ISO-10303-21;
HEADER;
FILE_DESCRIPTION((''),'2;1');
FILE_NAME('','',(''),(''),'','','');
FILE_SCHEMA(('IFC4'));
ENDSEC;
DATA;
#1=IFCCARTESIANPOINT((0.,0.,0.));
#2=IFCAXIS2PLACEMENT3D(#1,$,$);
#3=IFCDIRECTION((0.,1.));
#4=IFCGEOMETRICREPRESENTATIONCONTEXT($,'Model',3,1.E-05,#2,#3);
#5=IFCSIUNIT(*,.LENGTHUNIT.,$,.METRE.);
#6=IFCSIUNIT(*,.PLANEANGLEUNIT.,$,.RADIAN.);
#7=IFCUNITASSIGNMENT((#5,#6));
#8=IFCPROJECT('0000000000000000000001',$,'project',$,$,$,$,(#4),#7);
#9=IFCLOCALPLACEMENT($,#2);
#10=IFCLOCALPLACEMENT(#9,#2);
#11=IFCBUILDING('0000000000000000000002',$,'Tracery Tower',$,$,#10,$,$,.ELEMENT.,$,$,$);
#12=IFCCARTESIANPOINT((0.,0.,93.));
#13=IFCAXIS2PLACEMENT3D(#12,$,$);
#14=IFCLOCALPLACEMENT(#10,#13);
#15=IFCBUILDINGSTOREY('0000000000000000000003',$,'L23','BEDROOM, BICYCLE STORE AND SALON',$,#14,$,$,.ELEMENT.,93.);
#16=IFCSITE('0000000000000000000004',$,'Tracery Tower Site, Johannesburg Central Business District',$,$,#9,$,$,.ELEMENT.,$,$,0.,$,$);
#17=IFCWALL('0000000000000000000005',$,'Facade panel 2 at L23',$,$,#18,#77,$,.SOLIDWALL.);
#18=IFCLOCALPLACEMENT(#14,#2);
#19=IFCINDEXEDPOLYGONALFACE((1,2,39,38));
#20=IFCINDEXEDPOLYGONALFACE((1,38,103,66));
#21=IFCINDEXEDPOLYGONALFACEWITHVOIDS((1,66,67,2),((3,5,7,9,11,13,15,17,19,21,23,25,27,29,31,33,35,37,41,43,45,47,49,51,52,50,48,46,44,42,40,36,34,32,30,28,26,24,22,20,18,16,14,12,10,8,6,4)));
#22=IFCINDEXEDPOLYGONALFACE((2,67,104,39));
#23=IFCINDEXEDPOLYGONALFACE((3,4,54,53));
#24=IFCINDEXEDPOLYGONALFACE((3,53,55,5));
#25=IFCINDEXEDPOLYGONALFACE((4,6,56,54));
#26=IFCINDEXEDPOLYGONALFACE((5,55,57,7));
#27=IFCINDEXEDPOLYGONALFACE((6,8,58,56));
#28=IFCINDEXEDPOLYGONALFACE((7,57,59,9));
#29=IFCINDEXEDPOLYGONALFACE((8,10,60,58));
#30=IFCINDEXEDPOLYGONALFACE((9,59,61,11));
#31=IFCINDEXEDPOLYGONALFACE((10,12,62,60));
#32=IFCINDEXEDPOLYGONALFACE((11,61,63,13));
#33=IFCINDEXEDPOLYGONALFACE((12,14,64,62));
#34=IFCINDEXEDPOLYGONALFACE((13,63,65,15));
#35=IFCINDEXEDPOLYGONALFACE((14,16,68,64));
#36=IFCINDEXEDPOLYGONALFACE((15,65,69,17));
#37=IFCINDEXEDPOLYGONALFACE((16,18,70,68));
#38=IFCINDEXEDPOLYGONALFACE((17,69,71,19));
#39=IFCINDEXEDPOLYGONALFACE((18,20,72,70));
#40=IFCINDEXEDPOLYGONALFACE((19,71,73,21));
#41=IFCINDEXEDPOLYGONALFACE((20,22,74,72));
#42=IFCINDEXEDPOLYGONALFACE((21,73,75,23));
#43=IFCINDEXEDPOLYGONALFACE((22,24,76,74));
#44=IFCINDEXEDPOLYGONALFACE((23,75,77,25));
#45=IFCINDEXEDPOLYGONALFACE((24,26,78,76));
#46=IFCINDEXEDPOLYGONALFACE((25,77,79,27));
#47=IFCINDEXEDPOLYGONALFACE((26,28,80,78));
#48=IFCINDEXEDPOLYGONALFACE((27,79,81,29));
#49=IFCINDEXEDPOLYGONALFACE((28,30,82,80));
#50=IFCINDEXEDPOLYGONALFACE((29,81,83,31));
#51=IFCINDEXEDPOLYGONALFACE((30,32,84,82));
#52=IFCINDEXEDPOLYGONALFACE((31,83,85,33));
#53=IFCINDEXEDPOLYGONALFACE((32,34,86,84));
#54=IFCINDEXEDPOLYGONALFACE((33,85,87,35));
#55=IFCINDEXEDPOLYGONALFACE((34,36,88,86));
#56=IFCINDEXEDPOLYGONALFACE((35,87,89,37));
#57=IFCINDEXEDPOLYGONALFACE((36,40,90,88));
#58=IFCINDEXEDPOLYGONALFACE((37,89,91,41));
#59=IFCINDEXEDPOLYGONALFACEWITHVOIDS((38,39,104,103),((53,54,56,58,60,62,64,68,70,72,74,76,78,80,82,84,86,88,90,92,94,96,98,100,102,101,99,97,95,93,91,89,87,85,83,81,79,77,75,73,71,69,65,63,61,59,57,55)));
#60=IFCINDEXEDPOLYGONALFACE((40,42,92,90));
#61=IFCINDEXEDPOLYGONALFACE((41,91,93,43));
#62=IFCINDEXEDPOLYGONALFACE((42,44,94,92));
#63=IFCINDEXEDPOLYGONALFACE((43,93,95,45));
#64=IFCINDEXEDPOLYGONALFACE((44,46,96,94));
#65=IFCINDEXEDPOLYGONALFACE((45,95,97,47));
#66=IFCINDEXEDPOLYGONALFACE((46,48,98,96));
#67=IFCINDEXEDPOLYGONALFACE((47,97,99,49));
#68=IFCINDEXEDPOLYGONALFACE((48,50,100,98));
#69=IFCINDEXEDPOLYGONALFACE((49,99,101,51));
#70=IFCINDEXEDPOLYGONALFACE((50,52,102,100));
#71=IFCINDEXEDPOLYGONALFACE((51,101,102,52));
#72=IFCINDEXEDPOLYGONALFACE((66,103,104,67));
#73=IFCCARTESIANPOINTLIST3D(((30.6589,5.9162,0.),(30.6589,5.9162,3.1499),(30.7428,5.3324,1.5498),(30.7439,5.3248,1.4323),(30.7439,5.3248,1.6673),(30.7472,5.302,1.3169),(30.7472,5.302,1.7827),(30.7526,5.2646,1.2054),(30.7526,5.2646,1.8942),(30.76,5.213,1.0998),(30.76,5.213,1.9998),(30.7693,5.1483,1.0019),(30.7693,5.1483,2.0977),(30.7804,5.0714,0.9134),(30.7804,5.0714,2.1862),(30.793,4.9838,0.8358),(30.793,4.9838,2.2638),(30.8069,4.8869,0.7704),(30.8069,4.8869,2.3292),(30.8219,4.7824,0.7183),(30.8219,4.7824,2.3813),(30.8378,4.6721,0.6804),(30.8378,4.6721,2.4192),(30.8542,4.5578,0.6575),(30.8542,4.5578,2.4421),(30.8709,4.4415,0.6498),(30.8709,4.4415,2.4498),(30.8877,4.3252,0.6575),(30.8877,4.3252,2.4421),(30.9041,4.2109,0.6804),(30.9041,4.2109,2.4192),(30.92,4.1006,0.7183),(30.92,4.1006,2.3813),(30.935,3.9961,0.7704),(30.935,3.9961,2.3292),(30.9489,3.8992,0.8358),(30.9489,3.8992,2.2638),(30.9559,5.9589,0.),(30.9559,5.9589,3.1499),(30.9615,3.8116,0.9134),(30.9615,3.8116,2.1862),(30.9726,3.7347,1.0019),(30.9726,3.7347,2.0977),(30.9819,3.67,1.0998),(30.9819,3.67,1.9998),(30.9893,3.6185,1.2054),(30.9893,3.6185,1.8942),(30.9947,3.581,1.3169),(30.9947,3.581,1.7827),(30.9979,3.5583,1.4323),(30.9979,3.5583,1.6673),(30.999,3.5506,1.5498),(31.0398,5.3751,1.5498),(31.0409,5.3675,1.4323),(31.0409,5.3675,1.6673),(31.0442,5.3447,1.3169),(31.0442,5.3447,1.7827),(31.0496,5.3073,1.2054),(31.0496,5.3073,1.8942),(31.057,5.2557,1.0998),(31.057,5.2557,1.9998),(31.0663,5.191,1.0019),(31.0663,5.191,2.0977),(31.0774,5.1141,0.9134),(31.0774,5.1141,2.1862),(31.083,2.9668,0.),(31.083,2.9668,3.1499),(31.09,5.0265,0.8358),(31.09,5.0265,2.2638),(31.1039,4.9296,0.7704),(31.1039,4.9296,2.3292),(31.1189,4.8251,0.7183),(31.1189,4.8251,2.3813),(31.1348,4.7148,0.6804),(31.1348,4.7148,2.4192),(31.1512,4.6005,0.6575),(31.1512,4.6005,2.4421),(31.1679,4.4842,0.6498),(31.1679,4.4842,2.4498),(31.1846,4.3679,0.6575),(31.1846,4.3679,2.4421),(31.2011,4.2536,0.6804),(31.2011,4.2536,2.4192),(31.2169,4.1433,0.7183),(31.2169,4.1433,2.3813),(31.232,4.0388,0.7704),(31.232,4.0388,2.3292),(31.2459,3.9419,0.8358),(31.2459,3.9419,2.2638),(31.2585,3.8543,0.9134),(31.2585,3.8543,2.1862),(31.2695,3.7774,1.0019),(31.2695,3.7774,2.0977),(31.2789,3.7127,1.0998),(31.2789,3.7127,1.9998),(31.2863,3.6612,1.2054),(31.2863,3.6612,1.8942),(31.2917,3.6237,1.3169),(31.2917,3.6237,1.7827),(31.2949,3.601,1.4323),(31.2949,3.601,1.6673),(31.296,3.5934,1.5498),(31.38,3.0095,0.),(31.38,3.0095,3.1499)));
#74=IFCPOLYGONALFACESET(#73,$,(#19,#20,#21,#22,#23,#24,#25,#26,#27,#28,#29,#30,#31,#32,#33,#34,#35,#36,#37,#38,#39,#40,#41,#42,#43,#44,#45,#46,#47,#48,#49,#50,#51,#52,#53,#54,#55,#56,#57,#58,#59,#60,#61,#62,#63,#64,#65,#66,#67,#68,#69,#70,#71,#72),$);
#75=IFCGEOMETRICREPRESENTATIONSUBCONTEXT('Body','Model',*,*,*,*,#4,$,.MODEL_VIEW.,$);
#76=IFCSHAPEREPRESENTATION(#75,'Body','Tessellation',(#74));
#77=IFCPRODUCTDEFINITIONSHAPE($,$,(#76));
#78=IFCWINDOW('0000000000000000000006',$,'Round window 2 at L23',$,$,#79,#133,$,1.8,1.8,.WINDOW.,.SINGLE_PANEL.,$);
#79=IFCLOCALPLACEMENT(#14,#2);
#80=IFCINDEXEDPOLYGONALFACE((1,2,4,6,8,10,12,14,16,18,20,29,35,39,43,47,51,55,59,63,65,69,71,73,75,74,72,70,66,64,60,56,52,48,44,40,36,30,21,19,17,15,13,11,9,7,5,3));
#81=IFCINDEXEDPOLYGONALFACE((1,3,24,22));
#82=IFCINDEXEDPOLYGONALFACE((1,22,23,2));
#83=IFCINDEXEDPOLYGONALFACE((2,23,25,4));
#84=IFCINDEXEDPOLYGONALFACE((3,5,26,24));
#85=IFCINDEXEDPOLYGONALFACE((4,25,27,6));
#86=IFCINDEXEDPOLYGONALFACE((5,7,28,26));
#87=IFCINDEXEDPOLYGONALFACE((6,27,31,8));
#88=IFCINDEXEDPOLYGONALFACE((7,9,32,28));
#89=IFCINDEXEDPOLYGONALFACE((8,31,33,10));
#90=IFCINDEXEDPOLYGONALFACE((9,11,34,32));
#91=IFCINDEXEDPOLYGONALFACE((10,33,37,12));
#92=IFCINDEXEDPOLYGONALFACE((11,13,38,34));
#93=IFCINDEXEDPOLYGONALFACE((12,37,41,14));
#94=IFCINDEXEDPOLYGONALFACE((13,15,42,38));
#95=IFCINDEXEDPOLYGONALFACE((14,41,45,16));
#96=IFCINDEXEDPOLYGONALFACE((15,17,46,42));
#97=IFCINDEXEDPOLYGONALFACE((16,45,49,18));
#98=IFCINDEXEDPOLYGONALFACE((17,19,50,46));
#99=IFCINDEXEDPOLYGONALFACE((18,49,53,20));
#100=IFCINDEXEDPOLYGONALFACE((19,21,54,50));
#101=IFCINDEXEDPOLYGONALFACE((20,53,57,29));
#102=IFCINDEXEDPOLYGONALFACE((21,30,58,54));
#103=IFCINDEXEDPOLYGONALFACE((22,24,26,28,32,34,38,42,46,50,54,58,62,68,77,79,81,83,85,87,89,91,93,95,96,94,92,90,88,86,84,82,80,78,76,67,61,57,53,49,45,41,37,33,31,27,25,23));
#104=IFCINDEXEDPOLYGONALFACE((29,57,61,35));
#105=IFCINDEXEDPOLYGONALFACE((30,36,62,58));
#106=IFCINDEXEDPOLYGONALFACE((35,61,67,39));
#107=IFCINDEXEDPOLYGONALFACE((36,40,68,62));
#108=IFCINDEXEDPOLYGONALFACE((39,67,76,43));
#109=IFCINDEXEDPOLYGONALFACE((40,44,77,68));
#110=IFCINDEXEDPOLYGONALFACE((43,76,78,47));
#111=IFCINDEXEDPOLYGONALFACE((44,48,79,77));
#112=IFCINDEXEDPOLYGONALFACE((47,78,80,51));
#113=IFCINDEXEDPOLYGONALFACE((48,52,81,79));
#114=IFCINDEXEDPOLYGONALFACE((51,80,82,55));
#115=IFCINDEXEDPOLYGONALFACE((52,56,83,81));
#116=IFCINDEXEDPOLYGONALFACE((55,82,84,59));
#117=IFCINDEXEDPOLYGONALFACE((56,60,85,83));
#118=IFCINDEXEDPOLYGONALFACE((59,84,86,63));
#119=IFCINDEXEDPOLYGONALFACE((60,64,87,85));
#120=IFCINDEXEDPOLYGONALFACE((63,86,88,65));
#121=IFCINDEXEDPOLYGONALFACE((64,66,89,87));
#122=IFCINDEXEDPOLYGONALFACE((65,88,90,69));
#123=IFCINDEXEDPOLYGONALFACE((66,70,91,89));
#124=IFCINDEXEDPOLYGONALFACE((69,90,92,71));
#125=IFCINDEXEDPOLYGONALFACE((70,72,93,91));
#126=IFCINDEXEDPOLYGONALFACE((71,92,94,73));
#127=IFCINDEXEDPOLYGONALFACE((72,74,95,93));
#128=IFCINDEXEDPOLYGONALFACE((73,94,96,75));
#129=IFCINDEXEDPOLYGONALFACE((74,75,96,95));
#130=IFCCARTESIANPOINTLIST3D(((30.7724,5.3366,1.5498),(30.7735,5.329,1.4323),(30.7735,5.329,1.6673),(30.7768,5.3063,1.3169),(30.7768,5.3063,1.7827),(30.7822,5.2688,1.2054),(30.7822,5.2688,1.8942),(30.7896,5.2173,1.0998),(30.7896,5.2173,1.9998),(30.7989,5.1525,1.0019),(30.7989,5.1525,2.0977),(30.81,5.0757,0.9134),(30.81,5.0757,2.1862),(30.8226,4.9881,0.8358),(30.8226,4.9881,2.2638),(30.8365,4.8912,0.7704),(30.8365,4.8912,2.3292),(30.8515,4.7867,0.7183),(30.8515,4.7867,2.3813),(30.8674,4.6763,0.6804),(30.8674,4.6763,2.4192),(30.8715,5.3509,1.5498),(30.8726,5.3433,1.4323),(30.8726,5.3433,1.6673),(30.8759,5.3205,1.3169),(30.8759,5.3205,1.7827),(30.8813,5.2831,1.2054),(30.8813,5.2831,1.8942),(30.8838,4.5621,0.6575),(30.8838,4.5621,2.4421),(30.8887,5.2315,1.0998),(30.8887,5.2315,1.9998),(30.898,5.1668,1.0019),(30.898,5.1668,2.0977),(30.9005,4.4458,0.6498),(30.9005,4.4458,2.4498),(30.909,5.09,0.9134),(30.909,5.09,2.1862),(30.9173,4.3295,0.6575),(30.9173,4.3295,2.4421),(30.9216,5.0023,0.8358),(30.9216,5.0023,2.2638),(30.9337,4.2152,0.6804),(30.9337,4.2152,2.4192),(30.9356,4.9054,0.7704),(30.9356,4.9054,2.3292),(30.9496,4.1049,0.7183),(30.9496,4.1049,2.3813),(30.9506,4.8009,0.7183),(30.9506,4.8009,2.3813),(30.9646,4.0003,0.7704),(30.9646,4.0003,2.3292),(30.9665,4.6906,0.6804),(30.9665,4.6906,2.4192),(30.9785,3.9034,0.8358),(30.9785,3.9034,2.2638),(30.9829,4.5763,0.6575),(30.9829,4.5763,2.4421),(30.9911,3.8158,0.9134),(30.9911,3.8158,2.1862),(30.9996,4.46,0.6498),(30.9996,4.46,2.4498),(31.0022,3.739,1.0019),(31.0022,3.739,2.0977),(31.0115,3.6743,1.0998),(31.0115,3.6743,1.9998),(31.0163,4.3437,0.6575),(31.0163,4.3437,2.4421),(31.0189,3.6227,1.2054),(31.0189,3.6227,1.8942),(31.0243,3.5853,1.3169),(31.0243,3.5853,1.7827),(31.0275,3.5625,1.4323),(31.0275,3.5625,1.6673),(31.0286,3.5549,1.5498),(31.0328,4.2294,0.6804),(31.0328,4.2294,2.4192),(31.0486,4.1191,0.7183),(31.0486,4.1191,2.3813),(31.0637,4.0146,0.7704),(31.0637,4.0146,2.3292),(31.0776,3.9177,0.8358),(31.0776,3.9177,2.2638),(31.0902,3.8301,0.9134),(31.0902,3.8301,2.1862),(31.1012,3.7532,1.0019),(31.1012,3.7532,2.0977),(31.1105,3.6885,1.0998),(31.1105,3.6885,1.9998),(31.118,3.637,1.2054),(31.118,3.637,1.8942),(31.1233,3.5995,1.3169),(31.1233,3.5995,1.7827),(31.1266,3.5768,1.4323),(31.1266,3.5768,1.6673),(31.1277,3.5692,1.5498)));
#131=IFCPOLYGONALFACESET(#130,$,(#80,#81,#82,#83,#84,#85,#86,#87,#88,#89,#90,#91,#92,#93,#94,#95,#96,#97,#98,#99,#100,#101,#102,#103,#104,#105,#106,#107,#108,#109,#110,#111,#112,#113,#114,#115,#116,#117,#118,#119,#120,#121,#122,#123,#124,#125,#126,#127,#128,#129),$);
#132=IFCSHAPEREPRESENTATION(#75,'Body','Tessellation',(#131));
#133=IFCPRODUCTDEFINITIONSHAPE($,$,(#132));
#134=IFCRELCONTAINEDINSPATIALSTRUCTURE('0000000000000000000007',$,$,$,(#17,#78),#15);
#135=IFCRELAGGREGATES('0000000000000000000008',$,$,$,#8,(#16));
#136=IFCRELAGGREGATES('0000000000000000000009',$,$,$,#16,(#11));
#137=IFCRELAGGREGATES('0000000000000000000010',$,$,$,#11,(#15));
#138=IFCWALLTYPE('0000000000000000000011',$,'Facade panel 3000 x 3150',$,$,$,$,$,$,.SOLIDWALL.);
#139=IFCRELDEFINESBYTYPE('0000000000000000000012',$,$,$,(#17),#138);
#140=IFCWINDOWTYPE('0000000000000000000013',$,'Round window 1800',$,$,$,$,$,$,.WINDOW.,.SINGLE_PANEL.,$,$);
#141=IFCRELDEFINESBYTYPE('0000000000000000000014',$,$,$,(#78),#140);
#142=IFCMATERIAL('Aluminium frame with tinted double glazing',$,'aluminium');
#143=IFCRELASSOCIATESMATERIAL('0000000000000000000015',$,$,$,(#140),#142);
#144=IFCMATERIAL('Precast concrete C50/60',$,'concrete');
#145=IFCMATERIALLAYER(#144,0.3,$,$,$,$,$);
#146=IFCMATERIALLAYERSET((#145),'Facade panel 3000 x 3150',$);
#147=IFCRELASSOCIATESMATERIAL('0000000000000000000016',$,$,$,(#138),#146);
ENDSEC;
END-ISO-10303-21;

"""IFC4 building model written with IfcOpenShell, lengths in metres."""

from ifc_helpers import new_model, si_unit, direction, frame, frame_2d, origin, origin_2d, place, context, subcontext, project, spatial, rectangle, circle, extrude, material, layer, layer_set, type_object, element, fill, save


model = new_model("IFC4")

# Units and contexts
model_context = context("Model", 3, precision=1e-05, world=origin(), true_north=direction((0.0, 1.0)))
body_context = subcontext(model_context, "Body", "Model", "MODEL_VIEW")
ifc_project = project(units=[si_unit("LENGTHUNIT", "METRE"), si_unit("PLANEANGLEUNIT", "RADIAN")], contexts=[model_context])

# Site, building, storey
site_placement = place(None, origin())
site = spatial("IfcSite", under=ifc_project, at=site_placement, Name="Tracery Tower Site, Johannesburg Central Business District", CompositionType="ELEMENT", RefElevation=0.0)
building_placement = place(site_placement, origin())
building = spatial("IfcBuilding", under=site, at=building_placement, Name="Tracery Tower", CompositionType="ELEMENT")
storey_placement = place(building_placement, frame((0.0, 0.0, 93.0)))
storey = spatial("IfcBuildingStorey", under=building, at=storey_placement, Name="L23", Description="BEDROOM, BICYCLE STORE AND SALON", CompositionType="ELEMENT", Elevation=93.0)

# Wall, opening, window
ifc_material_1 = material(Name="Aluminium frame with tinted double glazing", Category="aluminium")
window_type = type_object("IfcWindowType", Name="Round window 1800", PartitioningType="SINGLE_PANEL", PredefinedType="WINDOW", material=ifc_material_1)
ifc_material_2 = material(Name="Precast concrete C50/60", Category="concrete")
ifc_layer_1 = layer(ifc_material_2, 0.3)
ifc_layer_set_1 = layer_set([ifc_layer_1], Name="Facade panel 3000 x 3150")
wall_type_1 = type_object("IfcWallType", Name="Facade panel 3000 x 3150", PredefinedType="SOLIDWALL", material=ifc_layer_set_1)
wall_1_placement = place(storey_placement, frame((31.2314, 2.9883, 0.0), z_axis=(0.0, 0.0, 1.0), x_axis=(-0.142316, 0.989821, 0.0)))
wall_1 = element("IfcWall", 1, at=wall_1_placement, inside=storey, type_object=wall_type_1, Name="Facade panel 2 at L23", PredefinedType="SOLIDWALL", context=body_context, shape_type="SweptSolid", body=[
    extrude(rectangle(XDim=2.9797, YDim=0.3, at=frame_2d((1.4897, 0.0))), origin(), (0.0, 0.0, 1.0), 3.1499),
])
opening_1_placement = place(wall_1_placement, frame((1.4897, 0.0, 1.5498)))
opening_1 = element("IfcOpeningElement", 2, at=opening_1_placement, cuts=wall_1, PredefinedType="OPENING", context=body_context, shape_type="SweptSolid", body=[
    extrude(circle(Radius=0.9, at=origin_2d()), frame((0.0, 0.1599, 0.0), z_axis=(0.0, -1.0, 0.0), x_axis=(1.0, 0.0, 0.0)), (0.0, 0.0, 1.0), 0.3201),
])
window_1_placement = place(opening_1_placement, origin())
window_1 = element("IfcWindow", 3, at=window_1_placement, inside=storey, type_object=window_type, Name="Round window 2 at L23", OverallHeight=1.8, OverallWidth=1.8, PartitioningType="SINGLE_PANEL", PredefinedType="WINDOW", context=body_context, shape_type="SweptSolid", body=[
    extrude(circle(Radius=0.9, at=origin_2d()), frame((0.0, 0.1201, 0.0), z_axis=(0.0, -1.0, 0.0), x_axis=(1.0, 0.0, 0.0)), (0.0, 0.0, 1.0), 0.1001),
])
fill(opening_1, window_1)

save(model, "model.ifc")
